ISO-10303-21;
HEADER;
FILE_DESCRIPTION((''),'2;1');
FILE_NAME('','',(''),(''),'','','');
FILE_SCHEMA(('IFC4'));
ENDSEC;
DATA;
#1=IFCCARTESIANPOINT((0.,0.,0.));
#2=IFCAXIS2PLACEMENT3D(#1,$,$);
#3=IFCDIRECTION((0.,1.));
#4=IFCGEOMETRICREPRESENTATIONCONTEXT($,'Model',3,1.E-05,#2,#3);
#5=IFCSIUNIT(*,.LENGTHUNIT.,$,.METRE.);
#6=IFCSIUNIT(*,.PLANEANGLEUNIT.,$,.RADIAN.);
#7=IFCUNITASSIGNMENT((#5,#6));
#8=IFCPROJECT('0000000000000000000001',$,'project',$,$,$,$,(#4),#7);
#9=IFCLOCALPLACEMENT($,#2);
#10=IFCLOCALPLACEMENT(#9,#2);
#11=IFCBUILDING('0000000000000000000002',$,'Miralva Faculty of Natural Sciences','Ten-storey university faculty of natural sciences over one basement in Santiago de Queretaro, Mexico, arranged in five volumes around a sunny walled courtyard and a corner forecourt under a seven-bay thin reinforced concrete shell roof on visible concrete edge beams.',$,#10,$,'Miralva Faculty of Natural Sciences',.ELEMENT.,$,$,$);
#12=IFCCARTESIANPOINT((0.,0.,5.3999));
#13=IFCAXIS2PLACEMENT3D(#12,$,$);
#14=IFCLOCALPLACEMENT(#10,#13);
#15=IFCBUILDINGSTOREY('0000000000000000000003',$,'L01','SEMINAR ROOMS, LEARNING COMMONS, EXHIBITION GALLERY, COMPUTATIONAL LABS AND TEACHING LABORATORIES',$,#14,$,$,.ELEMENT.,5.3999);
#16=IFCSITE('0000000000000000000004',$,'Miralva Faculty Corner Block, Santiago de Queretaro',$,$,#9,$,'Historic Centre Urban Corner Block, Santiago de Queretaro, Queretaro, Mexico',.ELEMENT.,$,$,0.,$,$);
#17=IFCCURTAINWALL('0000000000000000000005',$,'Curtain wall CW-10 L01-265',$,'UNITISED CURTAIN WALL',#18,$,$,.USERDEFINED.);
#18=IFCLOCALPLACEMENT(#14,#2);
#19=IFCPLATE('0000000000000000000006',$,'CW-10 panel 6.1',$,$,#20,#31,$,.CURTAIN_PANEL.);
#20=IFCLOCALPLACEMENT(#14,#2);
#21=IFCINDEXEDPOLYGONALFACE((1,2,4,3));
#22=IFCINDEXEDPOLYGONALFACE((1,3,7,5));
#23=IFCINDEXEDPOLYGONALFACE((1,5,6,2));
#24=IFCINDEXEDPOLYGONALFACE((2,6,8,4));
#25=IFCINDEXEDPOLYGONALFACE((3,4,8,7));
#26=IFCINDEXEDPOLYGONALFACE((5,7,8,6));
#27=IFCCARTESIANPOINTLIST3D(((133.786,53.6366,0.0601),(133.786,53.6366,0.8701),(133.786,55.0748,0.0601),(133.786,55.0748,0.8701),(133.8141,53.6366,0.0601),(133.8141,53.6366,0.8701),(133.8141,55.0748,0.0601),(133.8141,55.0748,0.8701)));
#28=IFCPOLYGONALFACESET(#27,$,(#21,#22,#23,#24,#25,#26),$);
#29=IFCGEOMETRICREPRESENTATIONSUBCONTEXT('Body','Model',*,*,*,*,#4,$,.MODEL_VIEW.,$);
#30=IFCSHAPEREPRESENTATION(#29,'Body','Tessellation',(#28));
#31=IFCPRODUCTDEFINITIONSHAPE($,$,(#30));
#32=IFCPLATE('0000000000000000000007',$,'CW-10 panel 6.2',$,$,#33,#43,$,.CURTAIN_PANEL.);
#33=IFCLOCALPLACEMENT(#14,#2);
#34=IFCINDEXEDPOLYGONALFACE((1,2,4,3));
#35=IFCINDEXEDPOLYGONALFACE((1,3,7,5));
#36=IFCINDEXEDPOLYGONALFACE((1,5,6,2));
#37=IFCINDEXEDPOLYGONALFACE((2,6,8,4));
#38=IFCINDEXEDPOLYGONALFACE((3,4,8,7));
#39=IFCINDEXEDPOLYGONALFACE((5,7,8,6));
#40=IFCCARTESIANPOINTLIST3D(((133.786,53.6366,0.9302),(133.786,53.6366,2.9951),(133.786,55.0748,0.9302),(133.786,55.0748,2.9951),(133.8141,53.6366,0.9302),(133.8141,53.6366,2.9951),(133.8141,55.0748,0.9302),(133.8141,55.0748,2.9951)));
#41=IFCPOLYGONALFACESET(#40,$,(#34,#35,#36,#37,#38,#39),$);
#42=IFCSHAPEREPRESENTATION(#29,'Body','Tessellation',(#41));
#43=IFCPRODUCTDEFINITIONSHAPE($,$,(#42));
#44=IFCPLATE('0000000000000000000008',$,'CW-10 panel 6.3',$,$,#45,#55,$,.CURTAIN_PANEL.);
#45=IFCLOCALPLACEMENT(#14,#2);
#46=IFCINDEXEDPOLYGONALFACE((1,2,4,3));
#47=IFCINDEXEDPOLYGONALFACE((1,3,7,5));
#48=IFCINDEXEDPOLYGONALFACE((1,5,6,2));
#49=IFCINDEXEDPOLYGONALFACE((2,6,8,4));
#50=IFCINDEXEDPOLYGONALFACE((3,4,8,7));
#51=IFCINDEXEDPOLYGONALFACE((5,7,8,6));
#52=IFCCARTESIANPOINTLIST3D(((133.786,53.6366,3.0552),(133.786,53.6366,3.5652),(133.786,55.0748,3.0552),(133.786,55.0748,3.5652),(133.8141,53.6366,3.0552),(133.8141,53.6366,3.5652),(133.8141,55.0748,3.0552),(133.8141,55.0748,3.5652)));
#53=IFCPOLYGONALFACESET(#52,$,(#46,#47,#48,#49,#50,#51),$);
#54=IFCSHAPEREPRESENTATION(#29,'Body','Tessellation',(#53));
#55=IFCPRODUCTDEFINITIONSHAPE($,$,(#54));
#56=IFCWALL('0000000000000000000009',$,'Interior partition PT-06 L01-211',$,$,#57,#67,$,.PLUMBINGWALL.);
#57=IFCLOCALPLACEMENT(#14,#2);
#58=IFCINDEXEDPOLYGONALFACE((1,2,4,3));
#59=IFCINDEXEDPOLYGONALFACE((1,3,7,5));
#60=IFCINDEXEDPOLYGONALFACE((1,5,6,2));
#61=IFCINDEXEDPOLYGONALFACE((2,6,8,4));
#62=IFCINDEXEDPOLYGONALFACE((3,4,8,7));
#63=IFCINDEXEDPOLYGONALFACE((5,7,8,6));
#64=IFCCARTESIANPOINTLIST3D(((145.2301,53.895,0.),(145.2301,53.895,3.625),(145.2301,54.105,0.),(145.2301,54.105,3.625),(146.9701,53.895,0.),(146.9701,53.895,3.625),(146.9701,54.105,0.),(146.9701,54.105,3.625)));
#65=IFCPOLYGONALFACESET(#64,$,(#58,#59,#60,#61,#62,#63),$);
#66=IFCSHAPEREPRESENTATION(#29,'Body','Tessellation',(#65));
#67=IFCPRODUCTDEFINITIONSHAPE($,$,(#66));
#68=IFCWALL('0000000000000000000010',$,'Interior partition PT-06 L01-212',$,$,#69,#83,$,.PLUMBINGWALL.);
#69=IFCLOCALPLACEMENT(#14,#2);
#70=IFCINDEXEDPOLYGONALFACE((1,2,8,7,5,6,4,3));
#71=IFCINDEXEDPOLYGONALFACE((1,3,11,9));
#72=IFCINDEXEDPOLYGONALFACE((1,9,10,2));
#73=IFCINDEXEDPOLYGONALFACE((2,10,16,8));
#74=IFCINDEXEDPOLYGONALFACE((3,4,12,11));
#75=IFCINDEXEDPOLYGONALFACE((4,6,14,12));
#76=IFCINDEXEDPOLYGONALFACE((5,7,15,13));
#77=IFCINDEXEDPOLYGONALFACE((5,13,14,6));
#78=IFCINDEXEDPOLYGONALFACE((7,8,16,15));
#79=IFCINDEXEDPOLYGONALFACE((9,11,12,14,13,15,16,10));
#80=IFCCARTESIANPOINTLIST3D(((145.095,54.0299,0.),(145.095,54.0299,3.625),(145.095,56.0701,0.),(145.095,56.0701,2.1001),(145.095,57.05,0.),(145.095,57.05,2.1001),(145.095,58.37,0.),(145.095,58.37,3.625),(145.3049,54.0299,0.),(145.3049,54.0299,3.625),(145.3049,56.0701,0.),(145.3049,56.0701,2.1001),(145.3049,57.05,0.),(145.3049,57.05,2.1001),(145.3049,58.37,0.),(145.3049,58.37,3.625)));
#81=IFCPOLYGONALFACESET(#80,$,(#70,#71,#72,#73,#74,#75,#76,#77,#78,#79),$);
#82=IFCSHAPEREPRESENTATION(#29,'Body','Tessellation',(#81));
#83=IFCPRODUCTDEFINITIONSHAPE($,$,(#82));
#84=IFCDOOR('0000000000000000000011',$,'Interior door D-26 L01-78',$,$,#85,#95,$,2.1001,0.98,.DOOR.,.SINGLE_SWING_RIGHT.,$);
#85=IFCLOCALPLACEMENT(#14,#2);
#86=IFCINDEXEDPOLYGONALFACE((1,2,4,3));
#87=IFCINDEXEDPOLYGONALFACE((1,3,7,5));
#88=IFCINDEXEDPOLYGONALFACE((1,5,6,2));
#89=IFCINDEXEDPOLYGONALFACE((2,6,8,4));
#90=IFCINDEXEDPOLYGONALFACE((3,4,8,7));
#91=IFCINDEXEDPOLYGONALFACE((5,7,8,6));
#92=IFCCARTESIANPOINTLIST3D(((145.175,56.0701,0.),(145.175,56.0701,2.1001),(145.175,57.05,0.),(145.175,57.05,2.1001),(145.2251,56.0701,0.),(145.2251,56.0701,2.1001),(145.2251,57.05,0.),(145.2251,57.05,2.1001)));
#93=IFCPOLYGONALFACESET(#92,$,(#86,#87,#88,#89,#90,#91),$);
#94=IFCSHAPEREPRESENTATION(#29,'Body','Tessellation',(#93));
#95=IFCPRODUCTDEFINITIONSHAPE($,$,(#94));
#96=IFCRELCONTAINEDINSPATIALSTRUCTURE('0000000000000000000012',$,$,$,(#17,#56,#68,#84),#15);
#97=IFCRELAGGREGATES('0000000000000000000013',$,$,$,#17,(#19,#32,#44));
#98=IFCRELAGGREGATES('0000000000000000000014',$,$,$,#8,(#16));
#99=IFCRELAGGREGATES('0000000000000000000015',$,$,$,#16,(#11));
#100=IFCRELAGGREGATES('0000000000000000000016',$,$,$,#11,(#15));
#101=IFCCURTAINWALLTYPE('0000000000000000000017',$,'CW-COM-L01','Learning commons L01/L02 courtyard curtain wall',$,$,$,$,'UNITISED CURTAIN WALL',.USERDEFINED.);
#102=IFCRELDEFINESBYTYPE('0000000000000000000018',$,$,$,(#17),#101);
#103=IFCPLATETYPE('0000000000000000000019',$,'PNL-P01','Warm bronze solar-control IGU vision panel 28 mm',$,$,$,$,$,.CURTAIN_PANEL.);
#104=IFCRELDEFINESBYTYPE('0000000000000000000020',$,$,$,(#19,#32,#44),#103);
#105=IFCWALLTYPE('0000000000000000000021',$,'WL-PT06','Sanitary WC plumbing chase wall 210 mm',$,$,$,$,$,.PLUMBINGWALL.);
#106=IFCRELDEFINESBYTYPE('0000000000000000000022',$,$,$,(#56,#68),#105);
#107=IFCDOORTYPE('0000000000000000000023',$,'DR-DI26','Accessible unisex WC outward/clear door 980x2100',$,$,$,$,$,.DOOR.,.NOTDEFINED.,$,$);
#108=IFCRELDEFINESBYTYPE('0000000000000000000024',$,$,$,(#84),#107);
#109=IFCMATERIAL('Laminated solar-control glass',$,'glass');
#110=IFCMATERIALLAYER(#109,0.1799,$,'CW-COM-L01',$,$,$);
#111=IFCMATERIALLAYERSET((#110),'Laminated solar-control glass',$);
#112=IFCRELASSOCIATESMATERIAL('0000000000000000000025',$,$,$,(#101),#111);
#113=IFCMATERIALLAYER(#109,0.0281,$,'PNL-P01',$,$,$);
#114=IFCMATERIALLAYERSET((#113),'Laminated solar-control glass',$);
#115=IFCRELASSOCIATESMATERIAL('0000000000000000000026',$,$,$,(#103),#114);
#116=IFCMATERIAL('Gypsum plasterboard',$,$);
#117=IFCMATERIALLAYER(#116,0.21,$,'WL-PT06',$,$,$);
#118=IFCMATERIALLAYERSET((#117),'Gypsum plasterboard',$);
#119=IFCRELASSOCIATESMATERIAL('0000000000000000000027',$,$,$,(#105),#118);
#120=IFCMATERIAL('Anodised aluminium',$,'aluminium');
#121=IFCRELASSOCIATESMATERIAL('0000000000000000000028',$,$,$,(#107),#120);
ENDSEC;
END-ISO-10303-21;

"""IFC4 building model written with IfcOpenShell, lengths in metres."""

from ifc_helpers import new_model, si_unit, direction, frame, frame_2d, origin, origin_2d, place, context, subcontext, project, spatial, rectangle, extrude, material, layer, layer_set, type_object, element, fill, aggregate, save


model = new_model("IFC4")

# Units and contexts
model_context = context("Model", 3, precision=1e-05, world=origin(), true_north=direction((0.0, 1.0)))
body_context = subcontext(model_context, "Body", "Model", "MODEL_VIEW")
ifc_project = project(units=[si_unit("LENGTHUNIT", "METRE"), si_unit("PLANEANGLEUNIT", "RADIAN")], contexts=[model_context])

# Site, building, storey
site_placement = place(None, origin())
site = spatial("IfcSite", under=ifc_project, at=site_placement, Name="Miralva Faculty Corner Block, Santiago de Queretaro", LongName="Historic Centre Urban Corner Block, Santiago de Queretaro, Queretaro, Mexico", CompositionType="ELEMENT", RefElevation=0.0)
building_placement = place(site_placement, origin())
building = spatial("IfcBuilding", under=site, at=building_placement, Name="Miralva Faculty of Natural Sciences", Description="Ten-storey university faculty of natural sciences over one basement in Santiago de Queretaro, Mexico, arranged in five volumes around a sunny walled courtyard and a corner forecourt under a seven-bay thin reinforced concrete shell roof on visible concrete edge beams.", LongName="Miralva Faculty of Natural Sciences", CompositionType="ELEMENT")
storey_placement = place(building_placement, frame((0.0, 0.0, 5.3999)))
storey = spatial("IfcBuildingStorey", under=building, at=storey_placement, Name="L01", Description="SEMINAR ROOMS, LEARNING COMMONS, EXHIBITION GALLERY, COMPUTATIONAL LABS AND TEACHING LABORATORIES", CompositionType="ELEMENT", Elevation=5.3999)

# Curtain wall, plates
ifc_material_1 = material(Name="Laminated solar-control glass", Category="glass")
ifc_layer_1 = layer(ifc_material_1, 0.1799, Name="CW-COM-L01")
ifc_layer_set_1 = layer_set([ifc_layer_1], Name="Laminated solar-control glass")
curtain_wall_type = type_object("IfcCurtainWallType", Name="CW-COM-L01", Description="Learning commons L01/L02 courtyard curtain wall", ElementType="UNITISED CURTAIN WALL", PredefinedType="USERDEFINED", material=ifc_layer_set_1)
curtain_wall_placement = place(storey_placement, origin())
curtain_wall = element("IfcCurtainWall", 1, at=curtain_wall_placement, inside=storey, type_object=curtain_wall_type, Name="Curtain wall CW-10 L01-265", ObjectType="UNITISED CURTAIN WALL", PredefinedType="USERDEFINED")
ifc_material_2 = material(Name="Anodised aluminium", Category="aluminium")
ifc_layer_2 = layer(ifc_material_1, 0.0281, Name="PNL-P01")
ifc_layer_set_2 = layer_set([ifc_layer_2], Name="Laminated solar-control glass")
plate_type = type_object("IfcPlateType", Name="PNL-P01", Description="Warm bronze solar-control IGU vision panel 28 mm", PredefinedType="CURTAIN_PANEL", material=ifc_layer_set_2)
plate_1_placement = place(storey_placement, frame((133.8, 54.3557, 0.0601), z_axis=(0.0, 0.0, 1.0), x_axis=(0.0, 1.0, 0.0)))
plate_1 = element("IfcPlate", 2, at=plate_1_placement, type_object=plate_type, Name="CW-10 panel 6.1", PredefinedType="CURTAIN_PANEL", context=body_context, shape_type="SweptSolid", body=[
    extrude(rectangle(XDim=1.4382, YDim=0.0281, at=origin_2d()), origin(), (0.0, 0.0, 1.0), 0.8101),
])
plate_2_placement = place(storey_placement, frame((133.8, 54.3557, 0.9302), z_axis=(0.0, 0.0, 1.0), x_axis=(0.0, 1.0, 0.0)))
plate_2 = element("IfcPlate", 3, at=plate_2_placement, type_object=plate_type, Name="CW-10 panel 6.2", PredefinedType="CURTAIN_PANEL", context=body_context, shape_type="SweptSolid", body=[
    extrude(rectangle(XDim=1.4382, YDim=0.0281, at=origin_2d()), origin(), (0.0, 0.0, 1.0), 2.0649),
])
plate_3_placement = place(storey_placement, frame((133.8, 54.3557, 3.0552), z_axis=(0.0, 0.0, 1.0), x_axis=(0.0, 1.0, 0.0)))
plate_3 = element("IfcPlate", 4, at=plate_3_placement, type_object=plate_type, Name="CW-10 panel 6.3", PredefinedType="CURTAIN_PANEL", context=body_context, shape_type="SweptSolid", body=[
    extrude(rectangle(XDim=1.4382, YDim=0.0281, at=origin_2d()), origin(), (0.0, 0.0, 1.0), 0.51),
])
aggregate(curtain_wall, [plate_1, plate_2, plate_3])

# Wall
ifc_material_3 = material(Name="Gypsum plasterboard")
ifc_layer_3 = layer(ifc_material_3, 0.21, Name="WL-PT06")
ifc_layer_set_3 = layer_set([ifc_layer_3], Name="Gypsum plasterboard")
wall_type = type_object("IfcWallType", Name="WL-PT06", Description="Sanitary WC plumbing chase wall 210 mm", PredefinedType="PLUMBINGWALL", material=ifc_layer_set_3)
wall_1_placement = place(storey_placement, frame((145.23, 54.0, 0.0), z_axis=(0.0, 0.0, 1.0), x_axis=(1.0, 0.0, 0.0)))
element("IfcWall", 5, at=wall_1_placement, inside=storey, type_object=wall_type, Name="Interior partition PT-06 L01-211", PredefinedType="PLUMBINGWALL", context=body_context, shape_type="SweptSolid", body=[
    extrude(rectangle(XDim=1.74, YDim=0.21, at=frame_2d((0.8701, 0.0))), origin(), (0.0, 0.0, 1.0), 3.625),
])

# Wall, opening, door
wall_2_placement = place(storey_placement, frame((145.2, 54.03, 0.0), z_axis=(0.0, 0.0, 1.0), x_axis=(0.0, 1.0, 0.0)))
wall_2 = element("IfcWall", 6, at=wall_2_placement, inside=storey, type_object=wall_type, Name="Interior partition PT-06 L01-212", PredefinedType="PLUMBINGWALL", context=body_context, shape_type="SweptSolid", body=[
    extrude(rectangle(XDim=4.3401, YDim=0.21, at=frame_2d((2.1699, 0.0))), origin(), (0.0, 0.0, 1.0), 3.625),
])
opening_placement = place(wall_2_placement, frame((2.04, 0.0, 0.0)))
opening = element("IfcOpeningElement", 7, at=opening_placement, cuts=wall_2, PredefinedType="OPENING", context=body_context, shape_type="SweptSolid", body=[
    extrude(rectangle(XDim=0.98, YDim=2.1001, at=frame_2d((0.49, 1.05))), frame((0.0, 0.115, 0.0), z_axis=(0.0, -1.0, 0.0), x_axis=(1.0, 0.0, 0.0)), (0.0, 0.0, 1.0), 0.23),
])
door_type = type_object("IfcDoorType", Name="DR-DI26", Description="Accessible unisex WC outward/clear door 980x2100", OperationType="NOTDEFINED", PredefinedType="DOOR", material=ifc_material_2)
door_placement = place(opening_placement, origin())
door = element("IfcDoor", 8, at=door_placement, inside=storey, type_object=door_type, Name="Interior door D-26 L01-78", OperationType="SINGLE_SWING_RIGHT", OverallHeight=2.1001, OverallWidth=0.98, PredefinedType="DOOR", context=body_context, shape_type="SweptSolid", body=[
    extrude(rectangle(XDim=0.98, YDim=2.1001, at=frame_2d((0.49, 1.05))), frame((0.0, 0.0249, 0.0), z_axis=(0.0, -1.0, 0.0), x_axis=(1.0, 0.0, 0.0)), (0.0, 0.0, 1.0), 0.05),
])
fill(opening, door)

save(model, "model.ifc")
